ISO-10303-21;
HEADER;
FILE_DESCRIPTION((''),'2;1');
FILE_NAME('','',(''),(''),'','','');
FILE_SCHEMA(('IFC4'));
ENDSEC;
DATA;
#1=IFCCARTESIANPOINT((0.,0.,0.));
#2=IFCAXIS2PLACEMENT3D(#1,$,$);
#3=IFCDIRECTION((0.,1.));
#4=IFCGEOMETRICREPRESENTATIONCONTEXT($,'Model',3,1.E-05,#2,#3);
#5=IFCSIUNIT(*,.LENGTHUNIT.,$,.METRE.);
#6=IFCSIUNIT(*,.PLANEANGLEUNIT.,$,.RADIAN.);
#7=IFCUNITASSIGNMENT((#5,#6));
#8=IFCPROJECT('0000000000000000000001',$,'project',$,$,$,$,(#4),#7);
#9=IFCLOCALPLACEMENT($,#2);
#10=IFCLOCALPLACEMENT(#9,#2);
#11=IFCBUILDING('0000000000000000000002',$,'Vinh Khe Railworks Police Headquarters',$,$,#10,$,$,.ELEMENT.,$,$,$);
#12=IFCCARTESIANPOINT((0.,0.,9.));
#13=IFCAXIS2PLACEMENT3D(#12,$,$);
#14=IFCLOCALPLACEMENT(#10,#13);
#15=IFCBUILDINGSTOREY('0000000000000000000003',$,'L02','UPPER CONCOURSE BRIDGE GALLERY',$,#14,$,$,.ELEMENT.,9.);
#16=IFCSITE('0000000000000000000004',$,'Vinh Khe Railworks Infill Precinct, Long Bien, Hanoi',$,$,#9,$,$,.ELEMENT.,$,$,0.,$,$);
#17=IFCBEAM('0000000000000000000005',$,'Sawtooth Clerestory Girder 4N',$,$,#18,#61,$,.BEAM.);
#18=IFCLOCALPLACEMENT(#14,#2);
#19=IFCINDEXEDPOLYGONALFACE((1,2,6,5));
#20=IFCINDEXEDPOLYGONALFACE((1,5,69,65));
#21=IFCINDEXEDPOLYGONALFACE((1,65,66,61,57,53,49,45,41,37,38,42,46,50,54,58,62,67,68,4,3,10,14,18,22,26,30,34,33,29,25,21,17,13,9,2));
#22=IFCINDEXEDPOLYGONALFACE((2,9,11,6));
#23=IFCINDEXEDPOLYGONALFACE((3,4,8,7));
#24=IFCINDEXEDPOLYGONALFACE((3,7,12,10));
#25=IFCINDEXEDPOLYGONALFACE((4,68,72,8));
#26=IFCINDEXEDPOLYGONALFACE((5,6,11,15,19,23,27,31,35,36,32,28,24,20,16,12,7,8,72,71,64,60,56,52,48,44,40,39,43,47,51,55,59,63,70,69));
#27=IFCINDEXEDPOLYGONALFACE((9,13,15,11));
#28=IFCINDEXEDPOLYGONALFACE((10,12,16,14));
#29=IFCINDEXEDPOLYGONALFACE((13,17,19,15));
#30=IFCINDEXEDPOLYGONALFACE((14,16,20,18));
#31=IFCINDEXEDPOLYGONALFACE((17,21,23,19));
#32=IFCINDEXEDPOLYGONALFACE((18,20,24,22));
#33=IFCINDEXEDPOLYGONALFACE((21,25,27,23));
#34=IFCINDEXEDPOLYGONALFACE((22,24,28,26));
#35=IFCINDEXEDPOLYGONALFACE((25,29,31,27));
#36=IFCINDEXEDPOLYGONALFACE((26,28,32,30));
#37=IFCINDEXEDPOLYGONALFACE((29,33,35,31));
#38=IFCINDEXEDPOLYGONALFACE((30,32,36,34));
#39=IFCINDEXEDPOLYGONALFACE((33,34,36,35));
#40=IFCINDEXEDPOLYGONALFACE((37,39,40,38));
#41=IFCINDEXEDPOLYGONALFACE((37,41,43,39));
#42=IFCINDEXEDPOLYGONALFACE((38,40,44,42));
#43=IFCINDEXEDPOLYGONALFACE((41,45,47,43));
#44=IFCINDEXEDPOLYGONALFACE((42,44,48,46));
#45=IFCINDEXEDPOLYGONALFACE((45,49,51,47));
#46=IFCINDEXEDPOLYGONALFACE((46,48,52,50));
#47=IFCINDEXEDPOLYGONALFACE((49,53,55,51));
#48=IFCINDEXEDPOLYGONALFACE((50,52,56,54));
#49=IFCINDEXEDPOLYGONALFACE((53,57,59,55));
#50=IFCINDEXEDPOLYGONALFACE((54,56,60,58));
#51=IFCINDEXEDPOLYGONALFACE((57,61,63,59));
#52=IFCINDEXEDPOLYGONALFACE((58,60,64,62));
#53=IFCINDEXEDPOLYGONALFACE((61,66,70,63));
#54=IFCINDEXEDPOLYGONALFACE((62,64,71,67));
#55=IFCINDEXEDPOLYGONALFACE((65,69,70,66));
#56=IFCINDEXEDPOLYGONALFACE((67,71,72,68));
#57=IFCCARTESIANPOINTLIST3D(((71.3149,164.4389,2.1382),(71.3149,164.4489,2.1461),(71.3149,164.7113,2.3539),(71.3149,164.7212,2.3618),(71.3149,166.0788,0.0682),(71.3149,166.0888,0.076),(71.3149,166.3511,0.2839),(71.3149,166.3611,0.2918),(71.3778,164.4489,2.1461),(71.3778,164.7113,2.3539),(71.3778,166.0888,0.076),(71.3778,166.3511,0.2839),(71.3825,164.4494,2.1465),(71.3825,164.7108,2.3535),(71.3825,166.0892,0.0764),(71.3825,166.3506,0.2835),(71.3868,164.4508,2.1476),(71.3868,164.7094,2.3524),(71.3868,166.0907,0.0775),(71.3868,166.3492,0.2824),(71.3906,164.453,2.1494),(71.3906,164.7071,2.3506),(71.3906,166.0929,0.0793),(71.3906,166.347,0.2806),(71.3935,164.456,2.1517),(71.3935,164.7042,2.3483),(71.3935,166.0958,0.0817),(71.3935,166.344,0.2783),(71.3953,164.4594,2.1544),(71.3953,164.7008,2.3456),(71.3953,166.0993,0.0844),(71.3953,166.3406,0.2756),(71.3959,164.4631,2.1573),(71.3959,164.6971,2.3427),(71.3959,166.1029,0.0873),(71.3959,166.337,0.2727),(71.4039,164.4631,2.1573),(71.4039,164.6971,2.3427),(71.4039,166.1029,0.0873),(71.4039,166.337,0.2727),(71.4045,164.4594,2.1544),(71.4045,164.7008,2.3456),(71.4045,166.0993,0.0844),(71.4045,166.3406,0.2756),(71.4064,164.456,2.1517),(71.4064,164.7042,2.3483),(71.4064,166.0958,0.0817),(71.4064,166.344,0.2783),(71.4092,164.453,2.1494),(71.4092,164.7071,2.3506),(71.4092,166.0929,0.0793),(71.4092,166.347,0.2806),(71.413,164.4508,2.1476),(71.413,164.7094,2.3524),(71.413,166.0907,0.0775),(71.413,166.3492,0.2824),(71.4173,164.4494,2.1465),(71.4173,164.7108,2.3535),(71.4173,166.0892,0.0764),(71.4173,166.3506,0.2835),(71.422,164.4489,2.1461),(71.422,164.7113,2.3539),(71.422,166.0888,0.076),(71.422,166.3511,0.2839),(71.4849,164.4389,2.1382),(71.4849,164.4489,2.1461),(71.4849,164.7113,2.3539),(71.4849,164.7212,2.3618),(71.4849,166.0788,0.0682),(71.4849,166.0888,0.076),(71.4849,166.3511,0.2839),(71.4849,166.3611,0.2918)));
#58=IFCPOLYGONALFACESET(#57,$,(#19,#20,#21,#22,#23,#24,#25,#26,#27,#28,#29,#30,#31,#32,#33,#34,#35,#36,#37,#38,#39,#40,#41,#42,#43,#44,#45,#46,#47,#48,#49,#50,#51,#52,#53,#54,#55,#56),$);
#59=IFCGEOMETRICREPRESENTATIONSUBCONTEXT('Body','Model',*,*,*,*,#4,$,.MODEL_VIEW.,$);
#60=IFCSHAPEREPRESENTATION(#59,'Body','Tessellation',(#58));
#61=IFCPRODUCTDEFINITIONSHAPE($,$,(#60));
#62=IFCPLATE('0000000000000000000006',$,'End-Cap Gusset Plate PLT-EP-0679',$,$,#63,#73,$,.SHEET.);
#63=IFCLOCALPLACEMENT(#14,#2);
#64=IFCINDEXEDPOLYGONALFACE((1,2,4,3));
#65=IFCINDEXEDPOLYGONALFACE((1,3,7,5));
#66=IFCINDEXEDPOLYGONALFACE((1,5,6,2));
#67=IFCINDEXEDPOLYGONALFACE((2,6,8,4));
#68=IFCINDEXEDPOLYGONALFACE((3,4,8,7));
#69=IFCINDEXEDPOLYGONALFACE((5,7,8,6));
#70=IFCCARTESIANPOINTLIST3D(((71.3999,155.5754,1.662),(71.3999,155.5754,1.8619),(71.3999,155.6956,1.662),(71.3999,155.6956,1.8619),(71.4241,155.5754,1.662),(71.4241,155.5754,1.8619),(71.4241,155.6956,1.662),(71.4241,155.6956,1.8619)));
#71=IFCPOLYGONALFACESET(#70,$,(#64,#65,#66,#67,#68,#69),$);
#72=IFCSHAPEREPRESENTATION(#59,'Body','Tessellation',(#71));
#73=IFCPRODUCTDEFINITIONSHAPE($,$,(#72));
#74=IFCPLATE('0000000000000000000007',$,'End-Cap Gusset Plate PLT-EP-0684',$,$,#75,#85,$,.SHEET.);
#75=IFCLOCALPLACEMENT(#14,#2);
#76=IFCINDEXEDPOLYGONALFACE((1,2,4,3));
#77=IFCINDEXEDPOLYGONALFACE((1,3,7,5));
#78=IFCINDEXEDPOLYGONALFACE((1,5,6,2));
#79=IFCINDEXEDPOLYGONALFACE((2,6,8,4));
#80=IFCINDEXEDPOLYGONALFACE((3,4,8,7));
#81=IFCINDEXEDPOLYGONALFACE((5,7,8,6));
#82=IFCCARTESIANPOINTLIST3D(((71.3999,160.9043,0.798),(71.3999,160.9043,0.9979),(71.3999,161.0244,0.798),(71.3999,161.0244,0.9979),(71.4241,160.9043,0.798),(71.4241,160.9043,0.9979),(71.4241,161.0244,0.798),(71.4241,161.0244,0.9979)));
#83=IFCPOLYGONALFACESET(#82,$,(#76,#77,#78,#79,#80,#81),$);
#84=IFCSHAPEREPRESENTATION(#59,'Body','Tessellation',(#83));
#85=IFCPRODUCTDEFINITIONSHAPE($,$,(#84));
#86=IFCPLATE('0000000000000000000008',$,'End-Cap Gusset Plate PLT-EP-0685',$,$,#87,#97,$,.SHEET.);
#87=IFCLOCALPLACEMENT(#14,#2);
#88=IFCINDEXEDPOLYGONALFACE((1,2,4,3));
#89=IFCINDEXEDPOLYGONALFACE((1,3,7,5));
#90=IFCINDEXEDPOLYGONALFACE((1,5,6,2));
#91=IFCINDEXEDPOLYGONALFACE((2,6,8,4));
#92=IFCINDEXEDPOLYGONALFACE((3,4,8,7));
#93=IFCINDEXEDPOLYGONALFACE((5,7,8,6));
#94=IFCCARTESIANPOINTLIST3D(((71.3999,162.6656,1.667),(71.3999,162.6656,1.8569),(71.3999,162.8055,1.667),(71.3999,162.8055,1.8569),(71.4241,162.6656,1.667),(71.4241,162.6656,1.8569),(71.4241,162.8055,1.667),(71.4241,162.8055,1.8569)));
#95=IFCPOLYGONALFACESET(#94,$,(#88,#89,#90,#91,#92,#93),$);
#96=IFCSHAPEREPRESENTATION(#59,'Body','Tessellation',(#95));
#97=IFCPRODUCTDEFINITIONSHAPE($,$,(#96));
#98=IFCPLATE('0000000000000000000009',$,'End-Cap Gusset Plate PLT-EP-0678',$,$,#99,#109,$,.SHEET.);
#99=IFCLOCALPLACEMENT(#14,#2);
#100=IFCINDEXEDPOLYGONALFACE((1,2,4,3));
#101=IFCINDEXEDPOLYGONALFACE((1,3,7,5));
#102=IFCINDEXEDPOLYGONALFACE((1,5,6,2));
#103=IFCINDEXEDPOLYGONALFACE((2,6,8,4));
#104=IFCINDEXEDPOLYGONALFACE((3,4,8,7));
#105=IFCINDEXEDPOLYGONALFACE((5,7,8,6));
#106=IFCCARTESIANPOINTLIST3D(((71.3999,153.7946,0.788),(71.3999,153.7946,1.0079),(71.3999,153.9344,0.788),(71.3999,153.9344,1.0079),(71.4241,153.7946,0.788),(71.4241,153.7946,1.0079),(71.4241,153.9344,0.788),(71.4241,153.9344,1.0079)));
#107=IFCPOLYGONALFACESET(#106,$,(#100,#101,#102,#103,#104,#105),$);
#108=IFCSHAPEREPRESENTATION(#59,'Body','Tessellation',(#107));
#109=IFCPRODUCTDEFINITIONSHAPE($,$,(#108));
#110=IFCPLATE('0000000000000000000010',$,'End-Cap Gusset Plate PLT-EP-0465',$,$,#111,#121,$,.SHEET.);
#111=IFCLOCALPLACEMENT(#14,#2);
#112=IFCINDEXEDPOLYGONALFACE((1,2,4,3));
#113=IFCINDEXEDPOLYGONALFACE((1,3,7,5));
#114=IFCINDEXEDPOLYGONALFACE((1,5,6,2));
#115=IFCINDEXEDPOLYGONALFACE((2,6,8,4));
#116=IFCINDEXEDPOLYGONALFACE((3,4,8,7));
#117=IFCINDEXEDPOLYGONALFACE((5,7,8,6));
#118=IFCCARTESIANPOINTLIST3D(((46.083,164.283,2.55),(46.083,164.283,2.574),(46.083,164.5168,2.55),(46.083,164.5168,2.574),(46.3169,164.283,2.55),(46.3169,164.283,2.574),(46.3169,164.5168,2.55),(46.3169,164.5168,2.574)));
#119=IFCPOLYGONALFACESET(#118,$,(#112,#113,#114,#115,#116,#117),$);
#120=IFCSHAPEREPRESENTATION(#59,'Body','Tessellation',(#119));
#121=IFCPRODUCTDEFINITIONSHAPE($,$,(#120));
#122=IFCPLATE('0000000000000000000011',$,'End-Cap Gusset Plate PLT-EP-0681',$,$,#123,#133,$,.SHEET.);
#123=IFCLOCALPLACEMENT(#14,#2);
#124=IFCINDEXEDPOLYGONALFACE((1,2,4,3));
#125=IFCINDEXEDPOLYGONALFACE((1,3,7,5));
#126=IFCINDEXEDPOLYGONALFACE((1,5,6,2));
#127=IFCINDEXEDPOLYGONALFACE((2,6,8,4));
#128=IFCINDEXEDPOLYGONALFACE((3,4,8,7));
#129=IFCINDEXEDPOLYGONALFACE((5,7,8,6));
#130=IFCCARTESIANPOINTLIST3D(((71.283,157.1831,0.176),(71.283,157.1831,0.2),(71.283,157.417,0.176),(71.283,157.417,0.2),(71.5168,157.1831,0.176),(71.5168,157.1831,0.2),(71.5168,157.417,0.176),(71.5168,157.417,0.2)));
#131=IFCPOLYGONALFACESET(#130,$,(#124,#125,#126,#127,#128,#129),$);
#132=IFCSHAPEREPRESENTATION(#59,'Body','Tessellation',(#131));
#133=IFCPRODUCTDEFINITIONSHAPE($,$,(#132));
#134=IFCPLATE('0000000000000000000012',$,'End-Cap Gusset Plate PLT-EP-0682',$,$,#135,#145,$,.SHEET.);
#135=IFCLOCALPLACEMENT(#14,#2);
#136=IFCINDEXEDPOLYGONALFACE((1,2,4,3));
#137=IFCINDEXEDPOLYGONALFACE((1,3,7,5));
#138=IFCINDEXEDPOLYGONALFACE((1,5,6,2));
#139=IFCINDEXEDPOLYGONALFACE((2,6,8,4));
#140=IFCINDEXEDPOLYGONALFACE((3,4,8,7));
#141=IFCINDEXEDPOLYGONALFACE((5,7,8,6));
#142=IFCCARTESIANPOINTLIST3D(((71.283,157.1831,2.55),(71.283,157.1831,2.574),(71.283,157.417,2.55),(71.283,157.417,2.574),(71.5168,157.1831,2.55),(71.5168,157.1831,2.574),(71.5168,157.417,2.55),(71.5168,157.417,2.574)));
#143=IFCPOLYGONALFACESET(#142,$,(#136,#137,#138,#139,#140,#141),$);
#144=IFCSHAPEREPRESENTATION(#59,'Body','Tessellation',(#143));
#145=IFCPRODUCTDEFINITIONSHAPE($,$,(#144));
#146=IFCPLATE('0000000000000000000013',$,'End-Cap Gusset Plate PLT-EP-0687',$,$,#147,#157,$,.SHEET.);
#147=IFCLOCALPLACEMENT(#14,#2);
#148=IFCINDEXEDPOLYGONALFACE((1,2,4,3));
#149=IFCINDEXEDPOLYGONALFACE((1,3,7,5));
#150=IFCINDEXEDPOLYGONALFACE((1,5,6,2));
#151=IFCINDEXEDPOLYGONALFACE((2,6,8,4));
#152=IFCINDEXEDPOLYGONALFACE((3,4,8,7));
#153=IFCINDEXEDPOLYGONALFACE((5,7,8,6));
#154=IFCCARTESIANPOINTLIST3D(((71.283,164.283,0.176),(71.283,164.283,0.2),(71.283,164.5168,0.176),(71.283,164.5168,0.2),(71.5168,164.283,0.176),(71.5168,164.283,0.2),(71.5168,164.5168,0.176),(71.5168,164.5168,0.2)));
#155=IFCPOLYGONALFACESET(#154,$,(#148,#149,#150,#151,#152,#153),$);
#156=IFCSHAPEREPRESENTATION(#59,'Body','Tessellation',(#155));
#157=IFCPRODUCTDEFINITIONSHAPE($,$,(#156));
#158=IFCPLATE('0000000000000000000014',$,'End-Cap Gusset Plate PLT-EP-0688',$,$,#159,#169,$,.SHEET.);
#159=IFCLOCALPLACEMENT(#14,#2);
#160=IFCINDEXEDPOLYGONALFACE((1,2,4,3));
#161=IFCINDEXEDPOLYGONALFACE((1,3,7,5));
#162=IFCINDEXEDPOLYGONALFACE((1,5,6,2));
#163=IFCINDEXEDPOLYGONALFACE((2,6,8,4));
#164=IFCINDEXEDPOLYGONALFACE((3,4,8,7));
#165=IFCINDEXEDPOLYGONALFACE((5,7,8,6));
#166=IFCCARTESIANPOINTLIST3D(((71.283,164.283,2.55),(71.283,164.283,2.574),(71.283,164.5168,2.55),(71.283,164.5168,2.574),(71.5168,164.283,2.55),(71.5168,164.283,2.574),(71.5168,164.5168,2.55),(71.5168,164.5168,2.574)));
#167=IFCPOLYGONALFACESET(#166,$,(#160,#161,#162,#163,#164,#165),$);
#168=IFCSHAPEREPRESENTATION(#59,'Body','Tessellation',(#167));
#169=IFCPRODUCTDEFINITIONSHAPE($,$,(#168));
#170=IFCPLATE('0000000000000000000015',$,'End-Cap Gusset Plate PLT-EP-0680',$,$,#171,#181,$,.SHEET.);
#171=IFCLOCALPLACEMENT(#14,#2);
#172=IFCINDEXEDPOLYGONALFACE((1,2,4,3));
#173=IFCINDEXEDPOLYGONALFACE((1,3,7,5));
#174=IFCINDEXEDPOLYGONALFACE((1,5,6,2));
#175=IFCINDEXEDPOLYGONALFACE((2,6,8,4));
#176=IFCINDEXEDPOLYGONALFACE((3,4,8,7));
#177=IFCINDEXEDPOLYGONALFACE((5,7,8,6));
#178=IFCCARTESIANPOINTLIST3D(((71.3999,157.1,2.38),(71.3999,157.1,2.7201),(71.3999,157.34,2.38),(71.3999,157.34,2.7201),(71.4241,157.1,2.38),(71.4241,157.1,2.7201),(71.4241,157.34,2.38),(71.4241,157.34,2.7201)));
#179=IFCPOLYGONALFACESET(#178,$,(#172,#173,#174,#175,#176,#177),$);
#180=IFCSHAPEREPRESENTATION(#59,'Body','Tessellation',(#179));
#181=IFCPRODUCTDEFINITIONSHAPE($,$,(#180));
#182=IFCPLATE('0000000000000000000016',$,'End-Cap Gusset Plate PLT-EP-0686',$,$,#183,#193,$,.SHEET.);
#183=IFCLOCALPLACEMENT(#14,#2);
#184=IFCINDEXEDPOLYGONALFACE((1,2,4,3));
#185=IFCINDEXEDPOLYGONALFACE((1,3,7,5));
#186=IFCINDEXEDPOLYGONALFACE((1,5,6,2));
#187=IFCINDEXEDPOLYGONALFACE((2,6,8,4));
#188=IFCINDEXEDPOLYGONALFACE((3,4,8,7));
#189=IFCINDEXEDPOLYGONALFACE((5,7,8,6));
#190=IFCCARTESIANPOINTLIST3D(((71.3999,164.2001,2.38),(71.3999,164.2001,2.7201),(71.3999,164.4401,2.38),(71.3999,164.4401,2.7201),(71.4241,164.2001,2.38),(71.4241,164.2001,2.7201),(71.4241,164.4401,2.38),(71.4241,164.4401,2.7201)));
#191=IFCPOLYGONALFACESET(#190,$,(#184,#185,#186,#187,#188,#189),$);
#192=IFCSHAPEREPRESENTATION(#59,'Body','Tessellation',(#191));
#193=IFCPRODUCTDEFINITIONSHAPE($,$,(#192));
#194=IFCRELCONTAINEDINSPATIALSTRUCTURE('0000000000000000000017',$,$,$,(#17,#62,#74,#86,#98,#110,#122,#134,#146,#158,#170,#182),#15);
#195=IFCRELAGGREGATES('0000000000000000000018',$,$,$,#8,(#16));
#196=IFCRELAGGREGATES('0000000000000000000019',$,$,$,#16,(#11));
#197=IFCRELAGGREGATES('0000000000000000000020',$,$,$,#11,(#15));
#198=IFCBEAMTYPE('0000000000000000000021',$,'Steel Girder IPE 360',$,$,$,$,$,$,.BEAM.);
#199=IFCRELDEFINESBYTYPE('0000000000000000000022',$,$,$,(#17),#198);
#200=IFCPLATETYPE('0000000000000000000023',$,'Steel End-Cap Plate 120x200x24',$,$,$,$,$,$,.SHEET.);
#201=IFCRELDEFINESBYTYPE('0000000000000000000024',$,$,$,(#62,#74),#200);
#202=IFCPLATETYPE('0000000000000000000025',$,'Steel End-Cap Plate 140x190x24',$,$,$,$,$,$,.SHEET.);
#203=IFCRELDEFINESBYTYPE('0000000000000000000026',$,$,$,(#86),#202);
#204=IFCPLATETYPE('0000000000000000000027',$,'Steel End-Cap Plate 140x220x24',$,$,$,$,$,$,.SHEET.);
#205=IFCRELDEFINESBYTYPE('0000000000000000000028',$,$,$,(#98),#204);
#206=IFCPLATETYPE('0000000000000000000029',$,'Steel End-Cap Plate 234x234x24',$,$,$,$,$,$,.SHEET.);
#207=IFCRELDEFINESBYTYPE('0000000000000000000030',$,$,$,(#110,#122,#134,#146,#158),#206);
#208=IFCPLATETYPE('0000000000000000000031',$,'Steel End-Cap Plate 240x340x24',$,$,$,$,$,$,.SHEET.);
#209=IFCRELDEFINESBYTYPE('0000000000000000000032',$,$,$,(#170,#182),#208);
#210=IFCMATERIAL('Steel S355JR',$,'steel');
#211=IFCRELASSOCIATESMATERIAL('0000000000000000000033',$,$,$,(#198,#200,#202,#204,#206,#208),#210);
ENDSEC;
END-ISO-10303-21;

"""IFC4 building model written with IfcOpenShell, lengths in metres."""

from ifc_helpers import new_model, si_unit, direction, frame, origin, origin_2d, place, context, subcontext, project, spatial, rectangle, i_section, extrude, material, material_profile, profile_set, type_object, element, save


model = new_model("IFC4")

# Units and contexts
model_context = context("Model", 3, precision=1e-05, world=origin(), true_north=direction((0.0, 1.0)))
body_context = subcontext(model_context, "Body", "Model", "MODEL_VIEW")
ifc_project = project(units=[si_unit("LENGTHUNIT", "METRE"), si_unit("PLANEANGLEUNIT", "RADIAN")], contexts=[model_context])

# Site, building, storey
site_placement = place(None, origin())
site = spatial("IfcSite", under=ifc_project, at=site_placement, Name="Vinh Khe Railworks Infill Precinct, Long Bien, Hanoi", CompositionType="ELEMENT", RefElevation=0.0)
building_placement = place(site_placement, origin())
building = spatial("IfcBuilding", under=site, at=building_placement, Name="Vinh Khe Railworks Police Headquarters", CompositionType="ELEMENT")
storey_placement = place(building_placement, frame((0.0, 0.0, 9.0)))
storey = spatial("IfcBuildingStorey", under=building, at=storey_placement, Name="L02", Description="UPPER CONCOURSE BRIDGE GALLERY", CompositionType="ELEMENT", Elevation=9.0)

# Shared definitions
ifc_material = material(Name="Steel S355JR", Category="steel")

# Beam
ifc_material_profile_1 = material_profile(ifc_material, i_section(OverallWidth=0.1699, OverallDepth=0.3601, WebThickness=0.0081, FlangeThickness=0.0127, FilletRadius=0.0181, at=origin_2d()), Name="IPE 360")
ifc_profile_set_1 = profile_set([ifc_material_profile_1], Name="Steel S355JR")
beam_type = type_object("IfcBeamType", Name="Steel Girder IPE 360", PredefinedType="BEAM", material=ifc_profile_set_1)
beam_1_placement = place(storey_placement, frame((71.3999, 164.5801, 2.25), z_axis=(0.0, 0.620956, -0.783845), x_axis=(-1.0, 0.0, 0.0)))
element("IfcBeam", 1, at=beam_1_placement, inside=storey, type_object=beam_type, Name="Sawtooth Clerestory Girder 4N", PredefinedType="BEAM", context=body_context, shape_type="SweptSolid", body=[
    extrude(i_section(OverallWidth=0.1699, OverallDepth=0.3601, WebThickness=0.0081, FlangeThickness=0.0127, FilletRadius=0.0181, at=origin_2d()), origin(), (0.0, 0.0, 1.0), 2.6409),
])

# Plates
ifc_material_profile_2 = material_profile(ifc_material, rectangle(XDim=0.1201, YDim=0.2, at=origin_2d()), Name="PL 120x200")
ifc_profile_set_2 = profile_set([ifc_material_profile_2], Name="Steel S355JR")
plate_type_1 = type_object("IfcPlateType", Name="Steel End-Cap Plate 120x200x24", PredefinedType="SHEET", material=ifc_profile_set_2)
for number, where, z_axis, x_axis, name in (
    (2, (71.3999, 155.6355, 1.762), (1.0, 0.0, 0.0), (0.0, 1.0, 0.0), "End-Cap Gusset Plate PLT-EP-0679"),
    (3, (71.3999, 160.9644, 0.8979), (1.0, 0.0, 0.0), (0.0, 1.0, 0.0), "End-Cap Gusset Plate PLT-EP-0684"),
):
    element("IfcPlate", number, at=place(storey_placement, frame(where, z_axis=z_axis, x_axis=x_axis)), inside=storey, type_object=plate_type_1, Name=name, PredefinedType="SHEET", context=body_context, shape_type="SweptSolid", body=[
        extrude(rectangle(XDim=0.1201, YDim=0.2, at=origin_2d()), origin(), (0.0, 0.0, 1.0), 0.0242),
    ])
ifc_material_profile_3 = material_profile(ifc_material, rectangle(XDim=0.1399, YDim=0.1899, at=origin_2d()), Name="PL 140x190")
ifc_profile_set_3 = profile_set([ifc_material_profile_3], Name="Steel S355JR")
plate_type_2 = type_object("IfcPlateType", Name="Steel End-Cap Plate 140x190x24", PredefinedType="SHEET", material=ifc_profile_set_3)
plate_1_placement = place(storey_placement, frame((71.3999, 162.7356, 1.762), z_axis=(1.0, 0.0, 0.0), x_axis=(0.0, 1.0, 0.0)))
element("IfcPlate", 4, at=plate_1_placement, inside=storey, type_object=plate_type_2, Name="End-Cap Gusset Plate PLT-EP-0685", PredefinedType="SHEET", context=body_context, shape_type="SweptSolid", body=[
    extrude(rectangle(XDim=0.1399, YDim=0.1899, at=origin_2d()), origin(), (0.0, 0.0, 1.0), 0.0242),
])
ifc_material_profile_4 = material_profile(ifc_material, rectangle(XDim=0.1399, YDim=0.22, at=origin_2d()), Name="PL 140x220")
ifc_profile_set_4 = profile_set([ifc_material_profile_4], Name="Steel S355JR")
plate_type_3 = type_object("IfcPlateType", Name="Steel End-Cap Plate 140x220x24", PredefinedType="SHEET", material=ifc_profile_set_4)
plate_2_placement = place(storey_placement, frame((71.3999, 153.8645, 0.8979), z_axis=(1.0, 0.0, 0.0), x_axis=(0.0, 1.0, 0.0)))
element("IfcPlate", 5, at=plate_2_placement, inside=storey, type_object=plate_type_3, Name="End-Cap Gusset Plate PLT-EP-0678", PredefinedType="SHEET", context=body_context, shape_type="SweptSolid", body=[
    extrude(rectangle(XDim=0.1399, YDim=0.22, at=origin_2d()), origin(), (0.0, 0.0, 1.0), 0.0242),
])
ifc_material_profile_5 = material_profile(ifc_material, rectangle(XDim=0.2339, YDim=0.2339, at=origin_2d()), Name="PL 234x234")
ifc_profile_set_5 = profile_set([ifc_material_profile_5], Name="Steel S355JR")
plate_type_4 = type_object("IfcPlateType", Name="Steel End-Cap Plate 234x234x24", PredefinedType="SHEET", material=ifc_profile_set_5)
for number, where, z_axis, x_axis, name in (
    (6, (46.2, 164.3999, 2.55), (0.0, 0.0, 1.0), (1.0, 0.0, 0.0), "End-Cap Gusset Plate PLT-EP-0465"),
    (7, (71.3999, 157.3, 0.2), (0.0, 0.0, -1.0), (1.0, 0.0, 0.0), "End-Cap Gusset Plate PLT-EP-0681"),
    (8, (71.3999, 157.3, 2.55), (0.0, 0.0, 1.0), (1.0, 0.0, 0.0), "End-Cap Gusset Plate PLT-EP-0682"),
    (9, (71.3999, 164.3999, 0.2), (0.0, 0.0, -1.0), (1.0, 0.0, 0.0), "End-Cap Gusset Plate PLT-EP-0687"),
    (10, (71.3999, 164.3999, 2.55), (0.0, 0.0, 1.0), (1.0, 0.0, 0.0), "End-Cap Gusset Plate PLT-EP-0688"),
):
    element("IfcPlate", number, at=place(storey_placement, frame(where, z_axis=z_axis, x_axis=x_axis)), inside=storey, type_object=plate_type_4, Name=name, PredefinedType="SHEET", context=body_context, shape_type="SweptSolid", body=[
        extrude(rectangle(XDim=0.2339, YDim=0.2339, at=origin_2d()), origin(), (0.0, 0.0, 1.0), 0.0239),
    ])
ifc_material_profile_6 = material_profile(ifc_material, rectangle(XDim=0.24, YDim=0.3401, at=origin_2d()), Name="PL 240x340")
ifc_profile_set_6 = profile_set([ifc_material_profile_6], Name="Steel S355JR")
plate_type_5 = type_object("IfcPlateType", Name="Steel End-Cap Plate 240x340x24", PredefinedType="SHEET", material=ifc_profile_set_6)
for number, where, z_axis, x_axis, name in (
    (11, (71.3999, 157.22, 2.55), (1.0, 0.0, 0.0), (0.0, 1.0, 0.0), "End-Cap Gusset Plate PLT-EP-0680"),
    (12, (71.3999, 164.3201, 2.55), (1.0, 0.0, 0.0), (0.0, 1.0, 0.0), "End-Cap Gusset Plate PLT-EP-0686"),
):
    element("IfcPlate", number, at=place(storey_placement, frame(where, z_axis=z_axis, x_axis=x_axis)), inside=storey, type_object=plate_type_5, Name=name, PredefinedType="SHEET", context=body_context, shape_type="SweptSolid", body=[
        extrude(rectangle(XDim=0.24, YDim=0.3401, at=origin_2d()), origin(), (0.0, 0.0, 1.0), 0.0242),
    ])

save(model, "model.ifc")
